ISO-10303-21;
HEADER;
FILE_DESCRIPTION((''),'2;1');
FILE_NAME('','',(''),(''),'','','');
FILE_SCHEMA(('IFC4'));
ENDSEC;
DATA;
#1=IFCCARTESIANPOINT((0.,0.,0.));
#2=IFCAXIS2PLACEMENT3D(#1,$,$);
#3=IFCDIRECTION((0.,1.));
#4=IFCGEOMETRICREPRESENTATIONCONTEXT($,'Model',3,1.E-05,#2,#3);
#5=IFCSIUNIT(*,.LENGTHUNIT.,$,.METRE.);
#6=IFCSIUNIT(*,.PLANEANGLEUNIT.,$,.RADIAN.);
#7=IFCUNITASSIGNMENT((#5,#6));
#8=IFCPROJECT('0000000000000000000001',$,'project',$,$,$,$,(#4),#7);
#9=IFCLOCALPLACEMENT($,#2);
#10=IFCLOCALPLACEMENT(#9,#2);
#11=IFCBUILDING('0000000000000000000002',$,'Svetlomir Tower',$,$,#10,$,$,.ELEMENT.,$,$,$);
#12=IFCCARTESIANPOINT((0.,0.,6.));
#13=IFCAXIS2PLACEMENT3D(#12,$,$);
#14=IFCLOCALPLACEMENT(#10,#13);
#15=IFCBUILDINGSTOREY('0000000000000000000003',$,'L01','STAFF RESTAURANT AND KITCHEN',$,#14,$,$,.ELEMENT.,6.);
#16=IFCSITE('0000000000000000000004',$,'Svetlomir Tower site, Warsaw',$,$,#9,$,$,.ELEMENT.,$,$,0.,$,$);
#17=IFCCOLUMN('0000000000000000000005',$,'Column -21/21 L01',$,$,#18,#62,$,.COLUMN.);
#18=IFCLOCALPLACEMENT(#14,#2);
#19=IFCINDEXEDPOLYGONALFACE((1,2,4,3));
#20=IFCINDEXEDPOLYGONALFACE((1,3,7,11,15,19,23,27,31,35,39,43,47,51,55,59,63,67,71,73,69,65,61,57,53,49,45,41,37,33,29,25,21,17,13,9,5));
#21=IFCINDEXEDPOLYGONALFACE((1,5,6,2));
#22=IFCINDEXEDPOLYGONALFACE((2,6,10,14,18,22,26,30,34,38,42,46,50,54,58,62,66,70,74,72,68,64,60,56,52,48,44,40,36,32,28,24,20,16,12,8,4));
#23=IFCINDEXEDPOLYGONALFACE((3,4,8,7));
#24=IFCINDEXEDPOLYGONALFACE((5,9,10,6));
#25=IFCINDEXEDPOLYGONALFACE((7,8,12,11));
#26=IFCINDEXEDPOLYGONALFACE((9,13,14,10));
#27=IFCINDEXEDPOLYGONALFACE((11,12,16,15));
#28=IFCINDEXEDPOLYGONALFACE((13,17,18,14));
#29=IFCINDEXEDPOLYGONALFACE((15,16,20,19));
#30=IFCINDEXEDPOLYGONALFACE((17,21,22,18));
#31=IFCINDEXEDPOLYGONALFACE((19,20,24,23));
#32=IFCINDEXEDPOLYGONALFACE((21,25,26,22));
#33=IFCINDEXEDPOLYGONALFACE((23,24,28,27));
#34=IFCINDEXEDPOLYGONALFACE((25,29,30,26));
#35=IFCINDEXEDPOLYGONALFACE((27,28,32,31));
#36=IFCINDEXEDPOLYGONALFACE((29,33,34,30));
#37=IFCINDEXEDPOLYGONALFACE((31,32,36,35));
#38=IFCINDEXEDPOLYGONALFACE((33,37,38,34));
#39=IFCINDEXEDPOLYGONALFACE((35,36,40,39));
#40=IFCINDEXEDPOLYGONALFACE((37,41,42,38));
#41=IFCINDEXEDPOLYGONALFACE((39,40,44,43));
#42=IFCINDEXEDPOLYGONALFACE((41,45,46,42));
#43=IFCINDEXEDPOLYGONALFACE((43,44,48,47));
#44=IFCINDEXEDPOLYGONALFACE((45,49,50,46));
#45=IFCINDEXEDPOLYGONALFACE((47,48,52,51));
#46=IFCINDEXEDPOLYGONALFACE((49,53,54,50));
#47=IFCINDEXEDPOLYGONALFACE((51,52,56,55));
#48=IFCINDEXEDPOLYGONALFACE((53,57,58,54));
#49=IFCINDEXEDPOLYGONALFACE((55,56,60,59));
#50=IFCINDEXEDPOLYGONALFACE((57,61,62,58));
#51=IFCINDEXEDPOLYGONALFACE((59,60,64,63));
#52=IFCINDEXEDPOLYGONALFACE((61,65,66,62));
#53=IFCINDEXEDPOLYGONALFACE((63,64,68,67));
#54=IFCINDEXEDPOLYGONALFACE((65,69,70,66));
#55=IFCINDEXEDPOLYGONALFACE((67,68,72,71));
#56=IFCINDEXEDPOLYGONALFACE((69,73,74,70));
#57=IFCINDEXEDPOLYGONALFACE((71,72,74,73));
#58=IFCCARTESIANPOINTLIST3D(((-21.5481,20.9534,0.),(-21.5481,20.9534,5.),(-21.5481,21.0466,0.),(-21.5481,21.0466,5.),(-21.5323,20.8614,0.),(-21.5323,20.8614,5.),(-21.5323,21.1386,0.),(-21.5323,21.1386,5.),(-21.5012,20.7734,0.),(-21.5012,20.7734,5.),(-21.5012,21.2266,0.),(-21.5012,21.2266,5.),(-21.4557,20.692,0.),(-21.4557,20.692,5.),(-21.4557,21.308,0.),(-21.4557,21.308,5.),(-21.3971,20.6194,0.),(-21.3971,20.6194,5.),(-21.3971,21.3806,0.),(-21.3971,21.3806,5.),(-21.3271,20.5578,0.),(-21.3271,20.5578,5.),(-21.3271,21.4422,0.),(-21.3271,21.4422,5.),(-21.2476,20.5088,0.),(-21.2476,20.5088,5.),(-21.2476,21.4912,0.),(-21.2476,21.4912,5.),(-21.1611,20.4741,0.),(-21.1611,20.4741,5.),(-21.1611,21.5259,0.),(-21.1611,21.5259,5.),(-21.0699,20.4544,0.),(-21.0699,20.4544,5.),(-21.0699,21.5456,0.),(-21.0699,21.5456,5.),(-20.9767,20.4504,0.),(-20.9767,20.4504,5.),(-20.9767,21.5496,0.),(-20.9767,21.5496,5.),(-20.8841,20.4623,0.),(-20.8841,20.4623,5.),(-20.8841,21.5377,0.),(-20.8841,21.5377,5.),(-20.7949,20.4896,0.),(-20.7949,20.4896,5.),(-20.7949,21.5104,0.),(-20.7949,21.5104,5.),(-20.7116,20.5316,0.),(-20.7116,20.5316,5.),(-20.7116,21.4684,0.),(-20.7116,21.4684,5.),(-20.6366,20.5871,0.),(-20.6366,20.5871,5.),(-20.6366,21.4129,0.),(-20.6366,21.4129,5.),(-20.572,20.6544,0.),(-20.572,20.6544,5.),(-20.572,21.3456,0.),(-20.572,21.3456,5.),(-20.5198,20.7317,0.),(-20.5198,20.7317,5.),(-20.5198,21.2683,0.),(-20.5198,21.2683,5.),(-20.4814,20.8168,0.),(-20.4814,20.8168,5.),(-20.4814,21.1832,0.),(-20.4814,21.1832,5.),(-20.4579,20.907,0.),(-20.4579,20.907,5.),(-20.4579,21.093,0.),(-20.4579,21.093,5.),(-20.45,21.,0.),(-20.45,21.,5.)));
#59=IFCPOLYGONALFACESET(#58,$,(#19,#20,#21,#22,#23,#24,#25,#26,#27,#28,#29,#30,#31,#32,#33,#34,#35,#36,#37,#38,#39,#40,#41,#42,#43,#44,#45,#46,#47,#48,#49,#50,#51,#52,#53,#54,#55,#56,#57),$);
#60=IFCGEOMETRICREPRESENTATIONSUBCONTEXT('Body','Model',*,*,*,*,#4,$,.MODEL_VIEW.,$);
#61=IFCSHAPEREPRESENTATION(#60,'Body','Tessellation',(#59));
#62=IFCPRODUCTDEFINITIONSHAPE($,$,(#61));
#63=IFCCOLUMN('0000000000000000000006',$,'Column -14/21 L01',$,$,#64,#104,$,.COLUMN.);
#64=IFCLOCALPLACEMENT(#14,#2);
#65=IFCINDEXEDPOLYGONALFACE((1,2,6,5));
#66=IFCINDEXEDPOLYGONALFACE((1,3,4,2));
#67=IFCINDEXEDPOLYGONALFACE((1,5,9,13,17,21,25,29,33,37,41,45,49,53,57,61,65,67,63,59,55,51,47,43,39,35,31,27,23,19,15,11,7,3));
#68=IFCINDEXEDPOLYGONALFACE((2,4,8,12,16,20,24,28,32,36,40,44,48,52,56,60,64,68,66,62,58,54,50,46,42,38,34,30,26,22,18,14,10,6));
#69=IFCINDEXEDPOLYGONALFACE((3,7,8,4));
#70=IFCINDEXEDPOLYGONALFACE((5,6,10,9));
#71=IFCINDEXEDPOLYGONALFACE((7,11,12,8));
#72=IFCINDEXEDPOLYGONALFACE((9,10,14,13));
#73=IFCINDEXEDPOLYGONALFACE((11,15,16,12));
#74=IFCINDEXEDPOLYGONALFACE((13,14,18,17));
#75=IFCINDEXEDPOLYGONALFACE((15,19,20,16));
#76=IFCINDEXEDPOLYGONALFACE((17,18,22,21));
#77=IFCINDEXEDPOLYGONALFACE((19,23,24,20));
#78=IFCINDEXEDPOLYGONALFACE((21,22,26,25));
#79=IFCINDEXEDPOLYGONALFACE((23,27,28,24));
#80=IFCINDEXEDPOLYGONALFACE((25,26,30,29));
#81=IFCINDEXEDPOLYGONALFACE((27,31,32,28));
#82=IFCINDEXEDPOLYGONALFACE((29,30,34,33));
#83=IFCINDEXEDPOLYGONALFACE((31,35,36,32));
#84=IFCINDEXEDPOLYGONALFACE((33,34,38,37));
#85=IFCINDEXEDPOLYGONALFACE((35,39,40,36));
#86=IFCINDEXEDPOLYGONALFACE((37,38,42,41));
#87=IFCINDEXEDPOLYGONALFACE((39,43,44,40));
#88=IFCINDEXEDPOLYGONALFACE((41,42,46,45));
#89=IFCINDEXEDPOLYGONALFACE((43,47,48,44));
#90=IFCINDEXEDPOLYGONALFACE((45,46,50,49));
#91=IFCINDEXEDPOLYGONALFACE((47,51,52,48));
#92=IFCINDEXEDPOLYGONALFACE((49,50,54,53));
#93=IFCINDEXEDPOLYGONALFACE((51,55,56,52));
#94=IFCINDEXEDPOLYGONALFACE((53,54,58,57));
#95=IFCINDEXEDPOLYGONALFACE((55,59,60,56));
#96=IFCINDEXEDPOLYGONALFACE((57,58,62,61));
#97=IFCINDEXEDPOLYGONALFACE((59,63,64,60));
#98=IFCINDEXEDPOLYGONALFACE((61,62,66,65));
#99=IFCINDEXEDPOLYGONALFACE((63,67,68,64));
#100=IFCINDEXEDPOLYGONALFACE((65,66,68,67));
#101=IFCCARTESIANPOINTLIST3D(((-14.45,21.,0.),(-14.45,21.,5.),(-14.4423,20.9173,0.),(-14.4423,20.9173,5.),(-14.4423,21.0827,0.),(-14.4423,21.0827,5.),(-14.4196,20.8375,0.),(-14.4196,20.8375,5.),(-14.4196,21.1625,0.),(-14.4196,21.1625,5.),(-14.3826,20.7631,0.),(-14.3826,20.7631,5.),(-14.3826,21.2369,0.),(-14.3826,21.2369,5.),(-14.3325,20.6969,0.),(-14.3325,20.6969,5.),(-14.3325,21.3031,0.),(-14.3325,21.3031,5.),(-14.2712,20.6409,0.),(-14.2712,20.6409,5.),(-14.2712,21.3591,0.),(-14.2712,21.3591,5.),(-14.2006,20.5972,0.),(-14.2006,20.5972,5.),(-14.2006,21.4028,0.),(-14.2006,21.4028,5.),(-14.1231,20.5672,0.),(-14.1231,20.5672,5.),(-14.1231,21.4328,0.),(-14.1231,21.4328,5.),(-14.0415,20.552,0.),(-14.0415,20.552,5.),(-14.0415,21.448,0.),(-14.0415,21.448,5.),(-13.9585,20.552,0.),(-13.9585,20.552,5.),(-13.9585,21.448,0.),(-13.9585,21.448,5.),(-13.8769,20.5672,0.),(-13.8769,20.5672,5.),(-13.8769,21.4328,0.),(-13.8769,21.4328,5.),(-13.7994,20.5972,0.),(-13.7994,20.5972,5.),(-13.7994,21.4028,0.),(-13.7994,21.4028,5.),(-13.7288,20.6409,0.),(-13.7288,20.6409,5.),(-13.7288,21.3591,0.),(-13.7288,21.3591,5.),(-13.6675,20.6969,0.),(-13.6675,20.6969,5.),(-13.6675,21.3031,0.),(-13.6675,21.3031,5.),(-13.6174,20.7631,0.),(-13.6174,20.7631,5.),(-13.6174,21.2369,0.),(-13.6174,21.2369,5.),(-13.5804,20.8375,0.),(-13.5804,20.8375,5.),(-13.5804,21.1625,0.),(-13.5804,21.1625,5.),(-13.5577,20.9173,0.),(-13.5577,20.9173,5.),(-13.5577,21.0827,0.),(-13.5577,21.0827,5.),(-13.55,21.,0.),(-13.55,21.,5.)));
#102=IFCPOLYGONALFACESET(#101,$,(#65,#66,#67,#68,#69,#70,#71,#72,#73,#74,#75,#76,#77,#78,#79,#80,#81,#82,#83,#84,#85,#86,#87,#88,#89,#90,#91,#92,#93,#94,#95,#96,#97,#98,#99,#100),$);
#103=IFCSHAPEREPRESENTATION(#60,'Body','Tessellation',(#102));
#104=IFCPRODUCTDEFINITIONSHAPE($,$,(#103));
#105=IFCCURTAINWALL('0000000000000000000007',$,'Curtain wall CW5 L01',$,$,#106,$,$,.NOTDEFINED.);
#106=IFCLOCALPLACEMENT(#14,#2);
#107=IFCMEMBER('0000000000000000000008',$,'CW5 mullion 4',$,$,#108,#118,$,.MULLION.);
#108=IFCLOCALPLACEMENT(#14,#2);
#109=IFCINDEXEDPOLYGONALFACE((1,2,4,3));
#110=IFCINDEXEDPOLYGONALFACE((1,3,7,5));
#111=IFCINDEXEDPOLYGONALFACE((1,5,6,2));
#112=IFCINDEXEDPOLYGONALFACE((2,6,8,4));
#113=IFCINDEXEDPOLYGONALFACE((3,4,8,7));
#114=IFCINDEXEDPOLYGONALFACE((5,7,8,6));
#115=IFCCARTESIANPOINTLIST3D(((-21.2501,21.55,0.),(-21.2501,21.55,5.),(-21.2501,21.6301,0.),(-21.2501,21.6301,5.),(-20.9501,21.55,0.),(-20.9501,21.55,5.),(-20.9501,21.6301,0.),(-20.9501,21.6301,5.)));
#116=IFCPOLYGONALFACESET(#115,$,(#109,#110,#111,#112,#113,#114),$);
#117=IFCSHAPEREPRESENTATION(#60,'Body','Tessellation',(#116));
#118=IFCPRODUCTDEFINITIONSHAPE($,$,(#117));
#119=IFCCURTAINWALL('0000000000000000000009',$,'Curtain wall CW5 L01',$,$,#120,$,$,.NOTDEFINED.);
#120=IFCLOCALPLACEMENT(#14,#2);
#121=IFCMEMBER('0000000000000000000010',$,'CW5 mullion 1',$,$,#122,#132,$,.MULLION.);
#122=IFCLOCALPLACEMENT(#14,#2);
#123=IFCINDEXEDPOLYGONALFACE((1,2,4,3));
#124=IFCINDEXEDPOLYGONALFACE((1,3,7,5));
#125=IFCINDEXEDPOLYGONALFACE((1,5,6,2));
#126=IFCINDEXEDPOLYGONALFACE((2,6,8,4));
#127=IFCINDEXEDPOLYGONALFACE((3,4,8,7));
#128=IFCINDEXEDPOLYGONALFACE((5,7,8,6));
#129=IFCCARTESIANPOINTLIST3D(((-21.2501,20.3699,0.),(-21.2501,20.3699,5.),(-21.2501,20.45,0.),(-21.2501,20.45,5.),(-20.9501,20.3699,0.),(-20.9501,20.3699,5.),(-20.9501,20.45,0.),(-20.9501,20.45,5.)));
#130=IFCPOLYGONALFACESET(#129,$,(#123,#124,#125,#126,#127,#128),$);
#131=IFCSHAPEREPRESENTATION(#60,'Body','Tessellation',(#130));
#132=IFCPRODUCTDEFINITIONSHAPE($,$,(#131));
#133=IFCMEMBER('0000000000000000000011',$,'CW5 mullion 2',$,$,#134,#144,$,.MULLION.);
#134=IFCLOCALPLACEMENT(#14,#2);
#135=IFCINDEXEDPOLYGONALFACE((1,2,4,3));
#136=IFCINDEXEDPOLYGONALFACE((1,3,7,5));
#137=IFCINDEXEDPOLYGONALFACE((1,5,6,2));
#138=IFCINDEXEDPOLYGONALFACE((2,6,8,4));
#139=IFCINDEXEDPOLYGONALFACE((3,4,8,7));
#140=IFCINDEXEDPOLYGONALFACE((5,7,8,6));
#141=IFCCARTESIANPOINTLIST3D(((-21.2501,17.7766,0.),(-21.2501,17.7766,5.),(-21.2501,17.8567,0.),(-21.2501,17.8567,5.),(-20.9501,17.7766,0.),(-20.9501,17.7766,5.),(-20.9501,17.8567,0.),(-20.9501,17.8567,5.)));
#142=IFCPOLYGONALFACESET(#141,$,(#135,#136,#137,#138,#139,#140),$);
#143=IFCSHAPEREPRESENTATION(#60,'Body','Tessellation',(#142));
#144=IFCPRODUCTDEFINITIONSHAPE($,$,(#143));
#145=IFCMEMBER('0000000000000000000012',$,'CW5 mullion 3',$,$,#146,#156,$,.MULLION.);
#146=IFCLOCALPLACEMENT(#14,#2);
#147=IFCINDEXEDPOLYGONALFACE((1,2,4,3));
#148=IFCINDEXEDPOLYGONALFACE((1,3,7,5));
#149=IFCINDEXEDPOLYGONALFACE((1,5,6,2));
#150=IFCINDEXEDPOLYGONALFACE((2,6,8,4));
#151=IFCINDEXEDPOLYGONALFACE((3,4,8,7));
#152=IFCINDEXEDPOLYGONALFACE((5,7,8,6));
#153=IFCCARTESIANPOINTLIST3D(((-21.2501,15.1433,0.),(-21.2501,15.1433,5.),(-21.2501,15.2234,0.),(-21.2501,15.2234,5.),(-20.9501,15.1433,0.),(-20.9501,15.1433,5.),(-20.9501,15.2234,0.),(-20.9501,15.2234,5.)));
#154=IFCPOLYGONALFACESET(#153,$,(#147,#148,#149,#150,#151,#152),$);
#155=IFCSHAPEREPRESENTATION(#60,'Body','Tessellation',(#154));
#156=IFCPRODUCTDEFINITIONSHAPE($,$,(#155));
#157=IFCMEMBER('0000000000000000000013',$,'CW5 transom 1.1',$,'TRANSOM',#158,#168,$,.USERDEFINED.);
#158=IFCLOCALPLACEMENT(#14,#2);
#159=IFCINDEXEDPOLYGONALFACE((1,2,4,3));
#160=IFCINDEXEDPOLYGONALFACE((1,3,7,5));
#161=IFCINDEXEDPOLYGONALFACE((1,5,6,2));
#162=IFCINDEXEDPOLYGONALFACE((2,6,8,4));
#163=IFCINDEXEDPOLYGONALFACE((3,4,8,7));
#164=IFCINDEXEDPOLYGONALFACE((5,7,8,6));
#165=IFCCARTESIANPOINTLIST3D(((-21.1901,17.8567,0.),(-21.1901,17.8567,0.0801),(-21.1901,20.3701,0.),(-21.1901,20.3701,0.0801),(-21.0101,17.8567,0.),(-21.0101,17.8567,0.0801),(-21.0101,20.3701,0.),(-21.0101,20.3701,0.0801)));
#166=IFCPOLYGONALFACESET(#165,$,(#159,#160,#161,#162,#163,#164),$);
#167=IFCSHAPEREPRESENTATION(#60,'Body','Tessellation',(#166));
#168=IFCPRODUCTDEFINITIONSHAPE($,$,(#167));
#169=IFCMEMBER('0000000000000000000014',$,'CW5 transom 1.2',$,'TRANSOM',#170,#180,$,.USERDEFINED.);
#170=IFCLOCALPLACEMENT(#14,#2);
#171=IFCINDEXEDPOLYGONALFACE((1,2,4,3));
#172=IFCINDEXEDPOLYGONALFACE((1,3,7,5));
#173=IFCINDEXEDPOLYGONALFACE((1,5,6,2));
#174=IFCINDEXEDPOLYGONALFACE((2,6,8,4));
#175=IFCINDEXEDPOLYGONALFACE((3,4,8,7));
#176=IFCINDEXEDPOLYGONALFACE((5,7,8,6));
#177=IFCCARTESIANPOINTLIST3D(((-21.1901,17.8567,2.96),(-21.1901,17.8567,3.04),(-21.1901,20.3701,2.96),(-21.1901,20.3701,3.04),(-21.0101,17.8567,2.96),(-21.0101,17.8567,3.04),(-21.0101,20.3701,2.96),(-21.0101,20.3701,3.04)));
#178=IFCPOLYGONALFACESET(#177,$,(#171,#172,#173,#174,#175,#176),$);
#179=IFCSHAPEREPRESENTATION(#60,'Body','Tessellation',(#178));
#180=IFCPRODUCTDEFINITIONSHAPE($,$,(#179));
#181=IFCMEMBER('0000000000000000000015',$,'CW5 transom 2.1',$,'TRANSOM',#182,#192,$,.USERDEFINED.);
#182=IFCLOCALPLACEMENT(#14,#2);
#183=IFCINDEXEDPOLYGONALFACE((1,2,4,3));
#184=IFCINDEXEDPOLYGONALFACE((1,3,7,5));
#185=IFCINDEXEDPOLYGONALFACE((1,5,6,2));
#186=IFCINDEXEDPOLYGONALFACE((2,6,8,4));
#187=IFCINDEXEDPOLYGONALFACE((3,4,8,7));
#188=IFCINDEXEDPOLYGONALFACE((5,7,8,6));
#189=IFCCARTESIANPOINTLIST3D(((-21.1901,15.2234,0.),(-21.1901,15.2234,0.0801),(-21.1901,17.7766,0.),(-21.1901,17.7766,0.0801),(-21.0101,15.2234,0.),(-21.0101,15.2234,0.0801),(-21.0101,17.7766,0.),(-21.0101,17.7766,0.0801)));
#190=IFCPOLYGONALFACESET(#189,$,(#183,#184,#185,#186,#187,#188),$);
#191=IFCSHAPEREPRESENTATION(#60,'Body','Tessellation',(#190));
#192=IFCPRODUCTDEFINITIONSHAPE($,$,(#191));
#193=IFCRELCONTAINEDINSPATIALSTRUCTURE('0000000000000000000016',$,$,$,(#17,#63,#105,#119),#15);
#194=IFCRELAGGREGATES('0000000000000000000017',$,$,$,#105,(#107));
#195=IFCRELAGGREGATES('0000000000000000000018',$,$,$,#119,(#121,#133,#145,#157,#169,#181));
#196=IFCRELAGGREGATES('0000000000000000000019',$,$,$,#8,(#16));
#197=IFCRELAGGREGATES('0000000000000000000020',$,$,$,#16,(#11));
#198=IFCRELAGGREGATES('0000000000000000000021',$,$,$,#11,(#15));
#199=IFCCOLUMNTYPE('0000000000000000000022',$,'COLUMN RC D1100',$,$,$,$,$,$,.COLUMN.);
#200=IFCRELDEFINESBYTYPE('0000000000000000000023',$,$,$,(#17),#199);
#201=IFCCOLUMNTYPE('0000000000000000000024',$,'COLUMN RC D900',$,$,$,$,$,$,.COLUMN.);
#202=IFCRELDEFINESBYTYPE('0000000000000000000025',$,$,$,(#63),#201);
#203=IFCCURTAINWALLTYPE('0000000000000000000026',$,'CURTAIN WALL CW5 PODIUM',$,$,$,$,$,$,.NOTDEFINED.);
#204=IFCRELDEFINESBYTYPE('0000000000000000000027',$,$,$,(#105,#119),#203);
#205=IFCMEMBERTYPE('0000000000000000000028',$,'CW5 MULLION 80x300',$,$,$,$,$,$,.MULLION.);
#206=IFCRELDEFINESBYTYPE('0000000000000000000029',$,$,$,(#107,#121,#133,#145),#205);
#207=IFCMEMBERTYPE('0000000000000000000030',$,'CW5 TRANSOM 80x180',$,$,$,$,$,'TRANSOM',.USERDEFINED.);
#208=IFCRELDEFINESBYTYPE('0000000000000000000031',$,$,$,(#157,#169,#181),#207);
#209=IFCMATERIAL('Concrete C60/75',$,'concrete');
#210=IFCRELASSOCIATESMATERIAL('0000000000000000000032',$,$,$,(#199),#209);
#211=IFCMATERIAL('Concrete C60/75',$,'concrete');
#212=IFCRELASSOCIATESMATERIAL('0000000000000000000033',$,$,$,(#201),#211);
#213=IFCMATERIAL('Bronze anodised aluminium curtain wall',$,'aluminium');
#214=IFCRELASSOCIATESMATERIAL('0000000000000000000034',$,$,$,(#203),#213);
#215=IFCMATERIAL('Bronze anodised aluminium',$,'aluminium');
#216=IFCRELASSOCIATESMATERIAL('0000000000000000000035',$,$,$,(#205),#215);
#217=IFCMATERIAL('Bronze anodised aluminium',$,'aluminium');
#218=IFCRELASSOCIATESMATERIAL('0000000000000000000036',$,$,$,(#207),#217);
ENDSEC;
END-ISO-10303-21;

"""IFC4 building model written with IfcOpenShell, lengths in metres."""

from ifc_helpers import new_model, si_unit, direction, frame, origin, origin_2d, place, context, subcontext, project, spatial, rectangle, circle, extrude, material, material_profile, profile_set, type_object, element, aggregate, save


model = new_model("IFC4")

# Units and contexts
model_context = context("Model", 3, precision=1e-05, world=origin(), true_north=direction((0.0, 1.0)))
body_context = subcontext(model_context, "Body", "Model", "MODEL_VIEW")
ifc_project = project(units=[si_unit("LENGTHUNIT", "METRE"), si_unit("PLANEANGLEUNIT", "RADIAN")], contexts=[model_context])

# Site, building, storey
site_placement = place(None, origin())
site = spatial("IfcSite", under=ifc_project, at=site_placement, Name="Svetlomir Tower site, Warsaw", CompositionType="ELEMENT", RefElevation=0.0)
building_placement = place(site_placement, origin())
building = spatial("IfcBuilding", under=site, at=building_placement, Name="Svetlomir Tower", CompositionType="ELEMENT")
storey_placement = place(building_placement, frame((0.0, 0.0, 6.0)))
storey = spatial("IfcBuildingStorey", under=building, at=storey_placement, Name="L01", Description="STAFF RESTAURANT AND KITCHEN", CompositionType="ELEMENT", Elevation=6.0)

# Columns
ifc_material_1 = material(Name="Concrete C60/75", Category="concrete")
ifc_material_profile_1 = material_profile(ifc_material_1, circle(Radius=0.55, at=origin_2d()), Name="RC D1100")
ifc_profile_set_1 = profile_set([ifc_material_profile_1], Name="Concrete C60/75")
column_type_1 = type_object("IfcColumnType", Name="COLUMN RC D1100", PredefinedType="COLUMN", material=ifc_profile_set_1)
column_1_placement = place(storey_placement, frame((-21.0, 21.0, 0.0), z_axis=(0.0, 0.0, 1.0), x_axis=(1.0, 0.0, 0.0)))
element("IfcColumn", 1, at=column_1_placement, inside=storey, type_object=column_type_1, Name="Column -21/21 L01", PredefinedType="COLUMN", context=body_context, shape_type="SweptSolid", body=[
    extrude(circle(Radius=0.55, at=origin_2d()), origin(), (0.0, 0.0, 1.0), 5.0),
])
ifc_material_2 = material(Name="Concrete C60/75", Category="concrete")
ifc_material_profile_2 = material_profile(ifc_material_2, circle(Radius=0.45, at=origin_2d()), Name="RC D900")
ifc_profile_set_2 = profile_set([ifc_material_profile_2], Name="Concrete C60/75")
column_type_2 = type_object("IfcColumnType", Name="COLUMN RC D900", PredefinedType="COLUMN", material=ifc_profile_set_2)
column_2_placement = place(storey_placement, frame((-14.0, 21.0, 0.0), z_axis=(0.0, 0.0, 1.0), x_axis=(1.0, 0.0, 0.0)))
element("IfcColumn", 2, at=column_2_placement, inside=storey, type_object=column_type_2, Name="Column -14/21 L01", PredefinedType="COLUMN", context=body_context, shape_type="SweptSolid", body=[
    extrude(circle(Radius=0.45, at=origin_2d()), origin(), (0.0, 0.0, 1.0), 5.0),
])

# Curtain wall, member
ifc_material_3 = material(Name="Bronze anodised aluminium curtain wall", Category="aluminium")
curtain_wall_type = type_object("IfcCurtainWallType", Name="CURTAIN WALL CW5 PODIUM", PredefinedType="NOTDEFINED", material=ifc_material_3)
curtain_wall_1_placement = place(storey_placement, origin())
curtain_wall_1 = element("IfcCurtainWall", 3, at=curtain_wall_1_placement, inside=storey, type_object=curtain_wall_type, Name="Curtain wall CW5 L01", PredefinedType="NOTDEFINED")
ifc_material_4 = material(Name="Bronze anodised aluminium", Category="aluminium")
ifc_material_profile_3 = material_profile(ifc_material_4, rectangle(XDim=0.0801, YDim=0.3, at=origin_2d()), Name="AL 80x300")
ifc_profile_set_3 = profile_set([ifc_material_profile_3], Name="Bronze anodised aluminium 6063-T6")
member_type_1 = type_object("IfcMemberType", Name="CW5 MULLION 80x300", PredefinedType="MULLION", material=ifc_profile_set_3)
member_1_placement = place(storey_placement, frame((-21.1001, 21.5901, 0.0), z_axis=(0.0, 0.0, 1.0), x_axis=(0.0, -1.0, 0.0)))
member_1 = element("IfcMember", 4, at=member_1_placement, type_object=member_type_1, Name="CW5 mullion 4", PredefinedType="MULLION", context=body_context, shape_type="SweptSolid", body=[
    extrude(rectangle(XDim=0.0801, YDim=0.3, at=origin_2d()), origin(), (0.0, 0.0, 1.0), 5.0),
])

# Curtain wall, members
curtain_wall_2_placement = place(storey_placement, origin())
curtain_wall_2 = element("IfcCurtainWall", 5, at=curtain_wall_2_placement, inside=storey, type_object=curtain_wall_type, Name="Curtain wall CW5 L01", PredefinedType="NOTDEFINED")
member_2_placement = place(storey_placement, frame((-21.1001, 20.4099, 0.0), z_axis=(0.0, 0.0, 1.0), x_axis=(0.0, -1.0, 0.0)))
member_2 = element("IfcMember", 6, at=member_2_placement, type_object=member_type_1, Name="CW5 mullion 1", PredefinedType="MULLION", context=body_context, shape_type="SweptSolid", body=[
    extrude(rectangle(XDim=0.0801, YDim=0.3, at=origin_2d()), origin(), (0.0, 0.0, 1.0), 5.0),
])
member_3_placement = place(storey_placement, frame((-21.1001, 17.8167, 0.0), z_axis=(0.0, 0.0, 1.0), x_axis=(0.0, -1.0, 0.0)))
member_3 = element("IfcMember", 7, at=member_3_placement, type_object=member_type_1, Name="CW5 mullion 2", PredefinedType="MULLION", context=body_context, shape_type="SweptSolid", body=[
    extrude(rectangle(XDim=0.0801, YDim=0.3, at=origin_2d()), origin(), (0.0, 0.0, 1.0), 5.0),
])
member_4_placement = place(storey_placement, frame((-21.1001, 15.1833, 0.0), z_axis=(0.0, 0.0, 1.0), x_axis=(0.0, -1.0, 0.0)))
member_4 = element("IfcMember", 8, at=member_4_placement, type_object=member_type_1, Name="CW5 mullion 3", PredefinedType="MULLION", context=body_context, shape_type="SweptSolid", body=[
    extrude(rectangle(XDim=0.0801, YDim=0.3, at=origin_2d()), origin(), (0.0, 0.0, 1.0), 5.0),
])
ifc_material_5 = material(Name="Bronze anodised aluminium", Category="aluminium")
ifc_material_profile_4 = material_profile(ifc_material_5, rectangle(XDim=0.1799, YDim=0.0801, at=origin_2d()), Name="AL 180x80")
ifc_profile_set_4 = profile_set([ifc_material_profile_4], Name="Bronze anodised aluminium 6063-T6")
member_type_2 = type_object("IfcMemberType", Name="CW5 TRANSOM 80x180", ElementType="TRANSOM", PredefinedType="USERDEFINED", material=ifc_profile_set_4)
member_5_placement = place(storey_placement, frame((-21.1001, 20.3701, 0.04), z_axis=(0.0, -1.0, 0.0), x_axis=(1.0, 0.0, 0.0)))
member_5 = element("IfcMember", 9, at=member_5_placement, type_object=member_type_2, Name="CW5 transom 1.1", ObjectType="TRANSOM", PredefinedType="USERDEFINED", context=body_context, shape_type="SweptSolid", body=[
    extrude(rectangle(XDim=0.1799, YDim=0.0801, at=origin_2d()), origin(), (0.0, 0.0, 1.0), 2.5134),
])
member_6_placement = place(storey_placement, frame((-21.1001, 20.3701, 3.0), z_axis=(0.0, -1.0, 0.0), x_axis=(1.0, 0.0, 0.0)))
member_6 = element("IfcMember", 10, at=member_6_placement, type_object=member_type_2, Name="CW5 transom 1.2", ObjectType="TRANSOM", PredefinedType="USERDEFINED", context=body_context, shape_type="SweptSolid", body=[
    extrude(rectangle(XDim=0.1799, YDim=0.0801, at=origin_2d()), origin(), (0.0, 0.0, 1.0), 2.5134),
])
member_7_placement = place(storey_placement, frame((-21.1001, 17.7766, 0.04), z_axis=(0.0, -1.0, 0.0), x_axis=(1.0, 0.0, 0.0)))
member_7 = element("IfcMember", 11, at=member_7_placement, type_object=member_type_2, Name="CW5 transom 2.1", ObjectType="TRANSOM", PredefinedType="USERDEFINED", context=body_context, shape_type="SweptSolid", body=[
    extrude(rectangle(XDim=0.1799, YDim=0.0801, at=origin_2d()), origin(), (0.0, 0.0, 1.0), 2.5532),
])

aggregate(curtain_wall_1, [member_1])
aggregate(curtain_wall_2, [member_2, member_3, member_4, member_5, member_6, member_7])

save(model, "model.ifc")
